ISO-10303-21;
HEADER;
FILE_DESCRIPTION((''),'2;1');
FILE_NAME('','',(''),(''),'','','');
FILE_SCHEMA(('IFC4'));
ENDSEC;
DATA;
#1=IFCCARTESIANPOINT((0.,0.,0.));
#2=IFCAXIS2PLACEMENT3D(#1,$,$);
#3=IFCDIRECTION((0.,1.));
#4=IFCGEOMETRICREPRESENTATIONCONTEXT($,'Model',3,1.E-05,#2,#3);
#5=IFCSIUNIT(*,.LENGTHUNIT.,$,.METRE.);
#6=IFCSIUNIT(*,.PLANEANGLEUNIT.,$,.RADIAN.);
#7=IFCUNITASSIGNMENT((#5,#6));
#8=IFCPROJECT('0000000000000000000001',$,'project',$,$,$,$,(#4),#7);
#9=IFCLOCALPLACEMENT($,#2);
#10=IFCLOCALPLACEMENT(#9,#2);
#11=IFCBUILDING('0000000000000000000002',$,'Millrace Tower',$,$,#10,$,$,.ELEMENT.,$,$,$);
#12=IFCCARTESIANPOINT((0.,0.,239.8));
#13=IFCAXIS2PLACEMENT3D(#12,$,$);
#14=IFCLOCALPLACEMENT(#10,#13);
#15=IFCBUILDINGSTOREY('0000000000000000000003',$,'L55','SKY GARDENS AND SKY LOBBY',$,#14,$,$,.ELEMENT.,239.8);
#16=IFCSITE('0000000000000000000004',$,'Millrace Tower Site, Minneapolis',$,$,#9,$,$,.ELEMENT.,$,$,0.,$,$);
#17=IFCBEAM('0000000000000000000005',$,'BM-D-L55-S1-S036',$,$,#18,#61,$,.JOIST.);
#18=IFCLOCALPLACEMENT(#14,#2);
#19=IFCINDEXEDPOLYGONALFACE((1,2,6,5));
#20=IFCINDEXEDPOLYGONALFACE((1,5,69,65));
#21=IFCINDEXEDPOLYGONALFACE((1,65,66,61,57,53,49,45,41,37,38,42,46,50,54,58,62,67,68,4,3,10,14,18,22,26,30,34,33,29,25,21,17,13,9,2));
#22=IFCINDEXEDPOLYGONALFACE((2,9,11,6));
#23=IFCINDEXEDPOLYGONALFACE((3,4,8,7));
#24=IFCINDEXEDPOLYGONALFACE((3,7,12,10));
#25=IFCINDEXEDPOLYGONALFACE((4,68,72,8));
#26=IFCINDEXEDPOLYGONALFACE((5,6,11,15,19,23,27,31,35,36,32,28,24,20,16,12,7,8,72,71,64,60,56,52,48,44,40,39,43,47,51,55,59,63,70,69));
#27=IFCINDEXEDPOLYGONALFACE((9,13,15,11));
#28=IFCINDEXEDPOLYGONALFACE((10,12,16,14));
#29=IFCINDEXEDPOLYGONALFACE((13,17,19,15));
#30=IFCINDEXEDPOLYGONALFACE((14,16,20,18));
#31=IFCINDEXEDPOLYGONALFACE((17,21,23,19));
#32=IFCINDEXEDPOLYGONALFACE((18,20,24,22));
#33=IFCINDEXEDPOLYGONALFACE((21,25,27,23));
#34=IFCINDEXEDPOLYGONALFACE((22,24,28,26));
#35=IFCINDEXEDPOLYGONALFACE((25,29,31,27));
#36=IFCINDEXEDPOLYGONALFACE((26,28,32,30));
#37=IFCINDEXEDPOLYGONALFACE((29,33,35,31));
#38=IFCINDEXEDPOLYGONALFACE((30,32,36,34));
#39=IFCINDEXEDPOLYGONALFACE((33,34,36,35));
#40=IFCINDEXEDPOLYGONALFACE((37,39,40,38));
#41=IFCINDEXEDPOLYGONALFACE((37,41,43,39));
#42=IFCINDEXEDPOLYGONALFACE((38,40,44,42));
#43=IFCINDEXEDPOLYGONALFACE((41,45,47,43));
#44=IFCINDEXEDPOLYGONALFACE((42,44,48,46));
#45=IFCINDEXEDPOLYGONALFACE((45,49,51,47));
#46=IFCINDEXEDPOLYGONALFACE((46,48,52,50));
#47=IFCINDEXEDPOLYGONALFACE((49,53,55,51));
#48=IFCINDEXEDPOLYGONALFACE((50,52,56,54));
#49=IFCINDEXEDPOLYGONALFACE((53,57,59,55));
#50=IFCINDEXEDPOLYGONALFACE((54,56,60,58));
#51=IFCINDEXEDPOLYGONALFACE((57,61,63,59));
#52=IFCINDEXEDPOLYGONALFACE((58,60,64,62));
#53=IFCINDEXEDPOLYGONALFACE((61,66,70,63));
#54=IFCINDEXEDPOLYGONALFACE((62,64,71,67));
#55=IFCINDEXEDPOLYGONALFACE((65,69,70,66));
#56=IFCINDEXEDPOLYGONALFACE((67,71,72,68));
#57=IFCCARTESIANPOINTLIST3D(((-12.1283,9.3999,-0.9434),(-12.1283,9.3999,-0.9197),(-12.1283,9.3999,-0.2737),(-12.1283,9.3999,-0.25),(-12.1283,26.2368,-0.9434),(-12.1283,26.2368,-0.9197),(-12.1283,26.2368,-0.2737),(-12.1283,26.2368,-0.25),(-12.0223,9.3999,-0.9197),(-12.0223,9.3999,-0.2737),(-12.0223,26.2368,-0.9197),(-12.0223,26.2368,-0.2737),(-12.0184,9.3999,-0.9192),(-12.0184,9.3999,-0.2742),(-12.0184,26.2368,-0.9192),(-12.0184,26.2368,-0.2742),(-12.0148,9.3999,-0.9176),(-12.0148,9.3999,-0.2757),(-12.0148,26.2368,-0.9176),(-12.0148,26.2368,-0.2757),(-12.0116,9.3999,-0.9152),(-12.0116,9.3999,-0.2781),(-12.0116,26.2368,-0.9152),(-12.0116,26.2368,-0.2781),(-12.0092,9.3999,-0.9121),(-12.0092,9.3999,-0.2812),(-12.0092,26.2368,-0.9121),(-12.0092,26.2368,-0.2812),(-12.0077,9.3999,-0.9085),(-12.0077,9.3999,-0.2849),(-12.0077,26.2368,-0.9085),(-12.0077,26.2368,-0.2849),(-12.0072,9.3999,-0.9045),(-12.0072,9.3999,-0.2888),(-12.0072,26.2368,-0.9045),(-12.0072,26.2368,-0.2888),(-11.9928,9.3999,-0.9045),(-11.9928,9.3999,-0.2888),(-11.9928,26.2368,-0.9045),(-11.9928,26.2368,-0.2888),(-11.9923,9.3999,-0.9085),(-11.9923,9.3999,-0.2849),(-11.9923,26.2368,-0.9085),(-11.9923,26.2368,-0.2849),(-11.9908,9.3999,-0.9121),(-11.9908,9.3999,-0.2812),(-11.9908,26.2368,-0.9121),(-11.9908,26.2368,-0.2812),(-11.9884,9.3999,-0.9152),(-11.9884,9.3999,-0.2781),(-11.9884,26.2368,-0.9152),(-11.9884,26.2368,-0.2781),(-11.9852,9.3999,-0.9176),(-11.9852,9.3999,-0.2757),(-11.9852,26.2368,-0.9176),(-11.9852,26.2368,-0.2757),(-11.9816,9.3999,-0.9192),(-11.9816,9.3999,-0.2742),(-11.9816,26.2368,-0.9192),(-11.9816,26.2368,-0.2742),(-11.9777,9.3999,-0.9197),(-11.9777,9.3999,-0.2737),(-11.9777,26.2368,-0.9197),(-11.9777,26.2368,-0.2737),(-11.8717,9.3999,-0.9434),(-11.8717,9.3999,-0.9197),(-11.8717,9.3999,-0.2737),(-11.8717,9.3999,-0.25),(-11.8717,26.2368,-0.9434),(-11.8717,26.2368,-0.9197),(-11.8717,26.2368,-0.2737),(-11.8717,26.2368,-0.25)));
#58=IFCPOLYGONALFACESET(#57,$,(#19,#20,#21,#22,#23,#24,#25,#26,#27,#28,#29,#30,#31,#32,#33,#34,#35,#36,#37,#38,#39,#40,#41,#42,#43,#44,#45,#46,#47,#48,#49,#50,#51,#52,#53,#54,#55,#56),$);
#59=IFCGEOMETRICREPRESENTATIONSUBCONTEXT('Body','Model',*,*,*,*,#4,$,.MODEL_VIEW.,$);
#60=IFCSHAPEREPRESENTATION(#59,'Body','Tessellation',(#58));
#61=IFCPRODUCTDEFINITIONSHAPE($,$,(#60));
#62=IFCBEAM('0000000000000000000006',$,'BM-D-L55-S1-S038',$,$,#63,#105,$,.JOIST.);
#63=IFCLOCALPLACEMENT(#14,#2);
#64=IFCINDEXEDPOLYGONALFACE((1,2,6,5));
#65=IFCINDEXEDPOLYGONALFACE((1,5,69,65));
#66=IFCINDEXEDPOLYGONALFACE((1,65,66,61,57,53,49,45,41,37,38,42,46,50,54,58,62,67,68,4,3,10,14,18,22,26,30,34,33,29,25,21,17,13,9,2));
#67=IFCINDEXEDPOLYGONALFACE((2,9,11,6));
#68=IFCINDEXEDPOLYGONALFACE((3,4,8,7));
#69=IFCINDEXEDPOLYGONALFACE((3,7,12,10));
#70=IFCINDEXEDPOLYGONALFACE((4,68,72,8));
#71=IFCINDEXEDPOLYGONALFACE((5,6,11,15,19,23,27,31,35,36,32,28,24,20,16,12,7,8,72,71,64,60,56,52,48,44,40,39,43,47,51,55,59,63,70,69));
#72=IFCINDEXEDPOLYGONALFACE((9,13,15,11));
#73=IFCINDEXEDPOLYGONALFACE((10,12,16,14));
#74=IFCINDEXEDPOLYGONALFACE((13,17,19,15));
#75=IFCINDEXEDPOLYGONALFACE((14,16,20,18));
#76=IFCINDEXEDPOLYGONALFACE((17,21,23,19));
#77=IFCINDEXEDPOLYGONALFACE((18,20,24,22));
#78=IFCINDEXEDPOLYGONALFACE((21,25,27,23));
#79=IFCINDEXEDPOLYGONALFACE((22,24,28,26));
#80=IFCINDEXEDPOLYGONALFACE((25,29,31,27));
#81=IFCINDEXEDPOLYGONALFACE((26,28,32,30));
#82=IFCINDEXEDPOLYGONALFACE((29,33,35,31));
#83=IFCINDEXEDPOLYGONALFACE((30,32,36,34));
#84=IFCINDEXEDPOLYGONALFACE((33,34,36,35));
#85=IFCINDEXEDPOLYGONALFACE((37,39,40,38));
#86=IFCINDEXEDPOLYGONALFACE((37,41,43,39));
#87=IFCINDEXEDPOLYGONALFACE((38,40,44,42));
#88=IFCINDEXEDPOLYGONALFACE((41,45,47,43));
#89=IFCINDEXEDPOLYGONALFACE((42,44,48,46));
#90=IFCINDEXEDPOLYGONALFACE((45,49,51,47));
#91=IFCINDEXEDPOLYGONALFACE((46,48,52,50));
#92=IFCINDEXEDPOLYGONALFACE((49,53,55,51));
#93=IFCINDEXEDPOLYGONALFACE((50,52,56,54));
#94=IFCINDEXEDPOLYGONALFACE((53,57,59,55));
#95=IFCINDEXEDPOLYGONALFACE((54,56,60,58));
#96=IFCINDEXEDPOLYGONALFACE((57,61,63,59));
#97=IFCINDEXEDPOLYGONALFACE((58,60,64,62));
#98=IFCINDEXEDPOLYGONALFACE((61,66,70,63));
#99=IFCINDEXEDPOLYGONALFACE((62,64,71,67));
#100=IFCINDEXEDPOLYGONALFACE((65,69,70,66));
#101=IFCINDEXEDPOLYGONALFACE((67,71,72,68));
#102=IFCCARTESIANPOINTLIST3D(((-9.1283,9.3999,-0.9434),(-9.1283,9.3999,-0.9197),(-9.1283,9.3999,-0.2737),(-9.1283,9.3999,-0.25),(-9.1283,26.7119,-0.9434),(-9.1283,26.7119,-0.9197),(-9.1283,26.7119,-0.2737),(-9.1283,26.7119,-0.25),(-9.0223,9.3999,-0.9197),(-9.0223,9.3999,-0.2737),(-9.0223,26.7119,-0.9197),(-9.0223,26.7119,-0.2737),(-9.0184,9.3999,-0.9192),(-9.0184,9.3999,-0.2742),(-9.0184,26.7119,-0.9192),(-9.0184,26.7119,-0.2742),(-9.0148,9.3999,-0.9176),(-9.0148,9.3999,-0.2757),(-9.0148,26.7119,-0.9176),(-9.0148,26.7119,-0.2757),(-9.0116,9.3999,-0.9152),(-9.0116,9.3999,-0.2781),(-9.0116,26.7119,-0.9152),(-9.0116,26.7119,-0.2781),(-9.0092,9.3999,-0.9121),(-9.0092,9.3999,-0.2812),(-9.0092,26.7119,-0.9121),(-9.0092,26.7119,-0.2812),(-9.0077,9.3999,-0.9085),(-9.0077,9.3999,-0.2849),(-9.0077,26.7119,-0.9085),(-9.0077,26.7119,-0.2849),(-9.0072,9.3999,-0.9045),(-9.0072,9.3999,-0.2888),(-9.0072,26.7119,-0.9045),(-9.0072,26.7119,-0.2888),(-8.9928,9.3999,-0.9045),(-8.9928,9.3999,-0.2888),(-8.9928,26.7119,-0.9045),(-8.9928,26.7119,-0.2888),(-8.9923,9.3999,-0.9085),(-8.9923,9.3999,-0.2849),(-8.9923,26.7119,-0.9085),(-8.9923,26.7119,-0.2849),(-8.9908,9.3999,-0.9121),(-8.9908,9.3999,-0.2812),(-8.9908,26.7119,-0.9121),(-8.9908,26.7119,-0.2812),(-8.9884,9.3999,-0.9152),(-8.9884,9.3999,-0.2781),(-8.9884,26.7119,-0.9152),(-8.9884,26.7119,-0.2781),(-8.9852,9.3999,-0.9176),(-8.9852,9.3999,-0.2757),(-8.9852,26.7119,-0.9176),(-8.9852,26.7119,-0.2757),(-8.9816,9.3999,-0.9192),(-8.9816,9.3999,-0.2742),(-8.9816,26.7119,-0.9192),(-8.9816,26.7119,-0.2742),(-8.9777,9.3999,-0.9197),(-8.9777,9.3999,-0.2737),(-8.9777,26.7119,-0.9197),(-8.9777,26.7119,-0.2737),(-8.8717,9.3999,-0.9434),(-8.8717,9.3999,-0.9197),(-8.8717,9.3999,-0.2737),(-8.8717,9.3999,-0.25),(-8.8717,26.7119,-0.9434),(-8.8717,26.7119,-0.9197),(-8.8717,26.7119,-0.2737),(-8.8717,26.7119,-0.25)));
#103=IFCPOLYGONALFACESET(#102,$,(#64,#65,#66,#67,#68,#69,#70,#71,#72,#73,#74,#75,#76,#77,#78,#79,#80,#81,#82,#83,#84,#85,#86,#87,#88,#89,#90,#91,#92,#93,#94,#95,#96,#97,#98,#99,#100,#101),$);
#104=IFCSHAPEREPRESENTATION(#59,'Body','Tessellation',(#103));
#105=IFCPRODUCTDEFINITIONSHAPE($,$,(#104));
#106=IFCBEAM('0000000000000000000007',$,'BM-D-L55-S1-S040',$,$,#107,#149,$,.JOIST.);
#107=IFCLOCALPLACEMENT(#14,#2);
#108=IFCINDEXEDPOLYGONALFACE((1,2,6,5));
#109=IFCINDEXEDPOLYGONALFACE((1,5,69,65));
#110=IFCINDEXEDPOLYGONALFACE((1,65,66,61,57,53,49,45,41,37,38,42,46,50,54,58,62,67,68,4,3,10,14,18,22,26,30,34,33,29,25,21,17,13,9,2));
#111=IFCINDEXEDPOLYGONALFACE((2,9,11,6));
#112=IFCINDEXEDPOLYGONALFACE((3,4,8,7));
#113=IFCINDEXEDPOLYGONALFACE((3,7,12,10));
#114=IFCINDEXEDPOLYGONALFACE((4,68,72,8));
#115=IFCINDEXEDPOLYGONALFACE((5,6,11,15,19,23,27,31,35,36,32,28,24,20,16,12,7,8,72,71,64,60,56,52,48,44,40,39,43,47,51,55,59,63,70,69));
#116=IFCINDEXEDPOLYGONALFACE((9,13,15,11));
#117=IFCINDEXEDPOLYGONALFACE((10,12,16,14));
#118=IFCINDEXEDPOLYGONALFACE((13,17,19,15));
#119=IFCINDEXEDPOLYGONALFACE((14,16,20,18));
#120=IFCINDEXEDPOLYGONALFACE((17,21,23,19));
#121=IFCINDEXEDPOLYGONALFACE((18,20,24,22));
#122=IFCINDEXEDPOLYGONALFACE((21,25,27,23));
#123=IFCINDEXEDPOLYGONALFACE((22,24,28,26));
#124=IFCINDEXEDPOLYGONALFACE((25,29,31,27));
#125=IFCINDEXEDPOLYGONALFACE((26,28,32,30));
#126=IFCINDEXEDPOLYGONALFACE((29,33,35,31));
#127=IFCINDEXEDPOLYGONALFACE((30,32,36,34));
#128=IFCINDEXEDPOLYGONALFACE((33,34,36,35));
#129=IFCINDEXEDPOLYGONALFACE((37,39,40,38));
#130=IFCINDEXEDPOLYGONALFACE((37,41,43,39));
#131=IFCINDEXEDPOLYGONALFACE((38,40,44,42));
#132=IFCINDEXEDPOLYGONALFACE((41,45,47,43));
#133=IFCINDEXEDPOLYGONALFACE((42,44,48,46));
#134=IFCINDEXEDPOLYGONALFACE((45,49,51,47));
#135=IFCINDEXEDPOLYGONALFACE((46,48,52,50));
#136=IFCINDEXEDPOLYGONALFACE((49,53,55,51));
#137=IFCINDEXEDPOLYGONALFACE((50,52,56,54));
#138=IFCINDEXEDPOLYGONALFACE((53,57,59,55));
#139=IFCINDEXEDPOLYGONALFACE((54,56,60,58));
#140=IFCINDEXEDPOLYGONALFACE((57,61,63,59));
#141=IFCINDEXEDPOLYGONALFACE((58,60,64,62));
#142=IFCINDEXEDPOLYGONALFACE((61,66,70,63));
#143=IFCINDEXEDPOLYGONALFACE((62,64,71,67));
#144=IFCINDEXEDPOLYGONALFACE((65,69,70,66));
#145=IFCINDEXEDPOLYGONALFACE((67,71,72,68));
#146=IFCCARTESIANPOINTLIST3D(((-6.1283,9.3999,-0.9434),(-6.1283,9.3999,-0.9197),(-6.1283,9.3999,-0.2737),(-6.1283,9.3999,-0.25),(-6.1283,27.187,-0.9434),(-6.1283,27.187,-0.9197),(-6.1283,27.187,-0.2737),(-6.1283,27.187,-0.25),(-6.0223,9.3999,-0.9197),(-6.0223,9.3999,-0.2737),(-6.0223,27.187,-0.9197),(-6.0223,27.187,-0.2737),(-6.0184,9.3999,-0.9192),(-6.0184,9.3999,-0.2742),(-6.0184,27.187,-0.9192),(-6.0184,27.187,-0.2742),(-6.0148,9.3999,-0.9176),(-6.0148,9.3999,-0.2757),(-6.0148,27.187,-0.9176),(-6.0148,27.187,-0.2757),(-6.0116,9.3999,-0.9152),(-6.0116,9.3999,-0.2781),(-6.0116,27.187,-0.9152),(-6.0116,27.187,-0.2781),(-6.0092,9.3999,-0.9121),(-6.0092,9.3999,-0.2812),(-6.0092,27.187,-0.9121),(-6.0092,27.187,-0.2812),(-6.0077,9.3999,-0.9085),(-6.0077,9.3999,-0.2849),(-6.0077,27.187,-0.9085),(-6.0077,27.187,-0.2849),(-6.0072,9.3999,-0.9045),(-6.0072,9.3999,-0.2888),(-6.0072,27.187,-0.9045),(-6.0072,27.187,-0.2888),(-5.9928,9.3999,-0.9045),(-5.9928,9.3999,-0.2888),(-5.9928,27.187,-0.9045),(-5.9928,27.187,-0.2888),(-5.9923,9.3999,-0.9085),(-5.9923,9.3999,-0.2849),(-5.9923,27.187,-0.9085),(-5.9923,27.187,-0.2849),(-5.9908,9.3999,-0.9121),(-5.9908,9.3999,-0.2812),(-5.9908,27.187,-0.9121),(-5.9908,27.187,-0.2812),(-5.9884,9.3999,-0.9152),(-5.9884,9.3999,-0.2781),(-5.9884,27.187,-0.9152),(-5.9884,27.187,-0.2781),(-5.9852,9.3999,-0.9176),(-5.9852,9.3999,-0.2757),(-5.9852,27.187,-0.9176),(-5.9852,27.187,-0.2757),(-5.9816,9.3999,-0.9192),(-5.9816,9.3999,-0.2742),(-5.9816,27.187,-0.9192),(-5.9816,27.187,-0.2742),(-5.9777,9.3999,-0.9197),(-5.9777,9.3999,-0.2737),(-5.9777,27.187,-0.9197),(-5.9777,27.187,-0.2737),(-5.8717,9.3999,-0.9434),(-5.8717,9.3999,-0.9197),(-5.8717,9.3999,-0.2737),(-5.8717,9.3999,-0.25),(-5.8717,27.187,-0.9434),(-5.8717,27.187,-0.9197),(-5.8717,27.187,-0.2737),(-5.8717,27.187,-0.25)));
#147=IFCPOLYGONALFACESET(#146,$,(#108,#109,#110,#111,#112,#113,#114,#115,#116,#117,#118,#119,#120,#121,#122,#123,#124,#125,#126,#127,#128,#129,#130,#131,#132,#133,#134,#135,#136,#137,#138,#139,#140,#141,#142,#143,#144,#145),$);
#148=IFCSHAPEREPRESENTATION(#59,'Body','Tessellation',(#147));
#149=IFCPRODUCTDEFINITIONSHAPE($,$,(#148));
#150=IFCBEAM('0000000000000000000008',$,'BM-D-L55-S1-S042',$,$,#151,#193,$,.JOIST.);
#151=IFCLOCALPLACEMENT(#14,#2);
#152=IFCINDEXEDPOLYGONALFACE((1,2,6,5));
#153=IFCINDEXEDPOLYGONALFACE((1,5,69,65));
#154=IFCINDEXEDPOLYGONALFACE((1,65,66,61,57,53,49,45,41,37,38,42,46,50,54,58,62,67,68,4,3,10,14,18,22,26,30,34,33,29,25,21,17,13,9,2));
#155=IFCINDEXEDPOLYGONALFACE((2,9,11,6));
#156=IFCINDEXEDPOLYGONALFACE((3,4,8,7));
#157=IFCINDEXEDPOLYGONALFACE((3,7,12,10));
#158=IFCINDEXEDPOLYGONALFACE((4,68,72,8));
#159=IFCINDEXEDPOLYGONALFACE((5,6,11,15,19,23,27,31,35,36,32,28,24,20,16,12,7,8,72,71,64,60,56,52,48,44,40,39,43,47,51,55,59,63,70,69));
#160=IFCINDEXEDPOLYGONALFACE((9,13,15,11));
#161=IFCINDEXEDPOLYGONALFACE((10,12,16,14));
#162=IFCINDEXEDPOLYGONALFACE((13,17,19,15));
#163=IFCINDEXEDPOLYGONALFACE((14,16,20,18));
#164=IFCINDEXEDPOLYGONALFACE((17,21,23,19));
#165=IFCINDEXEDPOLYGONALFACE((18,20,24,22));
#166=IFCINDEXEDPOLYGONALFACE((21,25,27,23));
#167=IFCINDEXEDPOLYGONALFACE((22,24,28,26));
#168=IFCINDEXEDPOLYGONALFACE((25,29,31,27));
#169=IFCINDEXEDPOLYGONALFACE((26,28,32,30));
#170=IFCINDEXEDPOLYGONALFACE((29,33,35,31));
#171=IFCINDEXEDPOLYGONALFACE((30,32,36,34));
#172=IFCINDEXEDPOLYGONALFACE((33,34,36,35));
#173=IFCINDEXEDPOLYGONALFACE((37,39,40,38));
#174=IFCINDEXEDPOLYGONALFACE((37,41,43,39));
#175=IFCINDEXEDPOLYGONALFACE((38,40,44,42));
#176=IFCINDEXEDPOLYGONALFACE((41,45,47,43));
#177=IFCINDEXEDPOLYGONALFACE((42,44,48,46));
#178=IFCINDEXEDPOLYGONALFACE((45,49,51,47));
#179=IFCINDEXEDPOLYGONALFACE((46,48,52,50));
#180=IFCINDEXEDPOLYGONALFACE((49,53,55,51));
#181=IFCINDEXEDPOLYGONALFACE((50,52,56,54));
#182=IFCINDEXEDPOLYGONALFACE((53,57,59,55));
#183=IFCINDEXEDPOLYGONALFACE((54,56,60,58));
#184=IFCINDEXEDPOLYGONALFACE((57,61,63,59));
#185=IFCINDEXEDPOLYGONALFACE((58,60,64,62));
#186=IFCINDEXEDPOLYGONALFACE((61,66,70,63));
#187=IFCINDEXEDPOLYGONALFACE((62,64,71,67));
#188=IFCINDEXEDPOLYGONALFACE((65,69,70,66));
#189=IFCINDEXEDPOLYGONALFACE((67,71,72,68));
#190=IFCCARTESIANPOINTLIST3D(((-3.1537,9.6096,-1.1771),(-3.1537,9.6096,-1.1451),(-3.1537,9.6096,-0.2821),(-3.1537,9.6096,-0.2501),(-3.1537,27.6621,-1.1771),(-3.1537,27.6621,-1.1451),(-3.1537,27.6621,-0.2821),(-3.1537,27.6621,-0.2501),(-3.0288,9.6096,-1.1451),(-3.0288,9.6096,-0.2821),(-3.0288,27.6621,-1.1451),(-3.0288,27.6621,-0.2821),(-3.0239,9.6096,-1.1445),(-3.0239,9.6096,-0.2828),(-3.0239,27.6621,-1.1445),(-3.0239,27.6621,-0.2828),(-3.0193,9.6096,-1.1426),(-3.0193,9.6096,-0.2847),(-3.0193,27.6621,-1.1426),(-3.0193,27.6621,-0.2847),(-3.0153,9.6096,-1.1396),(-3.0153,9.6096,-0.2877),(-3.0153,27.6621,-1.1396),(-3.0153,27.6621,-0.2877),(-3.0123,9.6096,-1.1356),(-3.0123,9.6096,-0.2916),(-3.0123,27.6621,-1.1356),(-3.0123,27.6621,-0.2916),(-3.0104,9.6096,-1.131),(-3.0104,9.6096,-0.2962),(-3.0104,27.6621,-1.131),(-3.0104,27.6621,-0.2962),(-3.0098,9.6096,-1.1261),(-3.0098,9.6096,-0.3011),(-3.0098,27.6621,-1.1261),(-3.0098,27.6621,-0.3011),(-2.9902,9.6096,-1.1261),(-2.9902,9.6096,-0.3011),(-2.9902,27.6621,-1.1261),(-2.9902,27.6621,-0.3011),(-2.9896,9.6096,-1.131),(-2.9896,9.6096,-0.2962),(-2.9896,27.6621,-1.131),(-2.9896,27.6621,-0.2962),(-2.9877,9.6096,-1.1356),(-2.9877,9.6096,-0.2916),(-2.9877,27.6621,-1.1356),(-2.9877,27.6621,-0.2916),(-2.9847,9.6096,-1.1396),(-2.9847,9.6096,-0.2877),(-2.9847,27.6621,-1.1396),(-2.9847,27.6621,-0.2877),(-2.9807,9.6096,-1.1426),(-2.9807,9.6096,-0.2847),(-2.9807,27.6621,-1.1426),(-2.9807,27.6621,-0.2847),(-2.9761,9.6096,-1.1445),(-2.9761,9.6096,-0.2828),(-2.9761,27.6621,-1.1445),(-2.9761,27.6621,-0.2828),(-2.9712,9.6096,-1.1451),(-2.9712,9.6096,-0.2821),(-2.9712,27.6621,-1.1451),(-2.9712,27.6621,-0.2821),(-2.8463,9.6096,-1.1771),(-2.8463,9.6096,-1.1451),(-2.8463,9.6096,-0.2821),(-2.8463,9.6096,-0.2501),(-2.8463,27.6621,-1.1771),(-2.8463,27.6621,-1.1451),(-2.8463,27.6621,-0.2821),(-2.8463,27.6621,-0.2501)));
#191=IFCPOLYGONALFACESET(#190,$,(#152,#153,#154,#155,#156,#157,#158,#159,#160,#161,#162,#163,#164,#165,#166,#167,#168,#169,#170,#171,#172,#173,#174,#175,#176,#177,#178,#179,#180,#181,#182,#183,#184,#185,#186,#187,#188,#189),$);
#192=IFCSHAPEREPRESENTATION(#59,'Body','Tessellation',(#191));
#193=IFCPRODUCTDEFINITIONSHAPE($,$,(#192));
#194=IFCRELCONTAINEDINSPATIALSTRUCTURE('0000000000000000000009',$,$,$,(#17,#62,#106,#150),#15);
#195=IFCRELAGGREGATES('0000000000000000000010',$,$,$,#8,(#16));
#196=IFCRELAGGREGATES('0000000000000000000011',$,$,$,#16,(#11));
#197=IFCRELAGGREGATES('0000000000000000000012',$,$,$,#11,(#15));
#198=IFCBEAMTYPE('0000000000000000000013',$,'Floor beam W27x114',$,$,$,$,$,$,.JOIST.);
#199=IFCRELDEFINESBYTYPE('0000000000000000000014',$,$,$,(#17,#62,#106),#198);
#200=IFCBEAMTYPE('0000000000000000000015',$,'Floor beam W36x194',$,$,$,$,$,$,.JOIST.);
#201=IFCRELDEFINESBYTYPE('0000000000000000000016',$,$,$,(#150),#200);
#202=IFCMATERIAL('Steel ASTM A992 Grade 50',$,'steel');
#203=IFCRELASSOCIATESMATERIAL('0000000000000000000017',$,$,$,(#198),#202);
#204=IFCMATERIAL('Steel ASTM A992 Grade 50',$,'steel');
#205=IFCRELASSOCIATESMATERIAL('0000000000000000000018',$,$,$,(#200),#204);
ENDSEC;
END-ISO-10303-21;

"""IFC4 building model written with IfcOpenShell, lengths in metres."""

from ifc_helpers import new_model, si_unit, direction, frame, origin, origin_2d, place, context, subcontext, project, spatial, i_section, extrude, material, material_profile, profile_set, type_object, element, save


model = new_model("IFC4")

# Units and contexts
model_context = context("Model", 3, precision=1e-05, world=origin(), true_north=direction((0.0, 1.0)))
body_context = subcontext(model_context, "Body", "Model", "MODEL_VIEW")
ifc_project = project(units=[si_unit("LENGTHUNIT", "METRE"), si_unit("PLANEANGLEUNIT", "RADIAN")], contexts=[model_context])

# Site, building, storey
site_placement = place(None, origin())
site = spatial("IfcSite", under=ifc_project, at=site_placement, Name="Millrace Tower Site, Minneapolis", CompositionType="ELEMENT", RefElevation=0.0)
building_placement = place(site_placement, origin())
building = spatial("IfcBuilding", under=site, at=building_placement, Name="Millrace Tower", CompositionType="ELEMENT")
storey_placement = place(building_placement, frame((0.0, 0.0, 239.8)))
storey = spatial("IfcBuildingStorey", under=building, at=storey_placement, Name="L55", Description="SKY GARDENS AND SKY LOBBY", CompositionType="ELEMENT", Elevation=239.8)

# Beams
ifc_material_1 = material(Name="Steel ASTM A992 Grade 50", Category="steel")
ifc_material_profile_1 = material_profile(ifc_material_1, i_section(OverallWidth=0.2566, OverallDepth=0.6934, WebThickness=0.0144, FlangeThickness=0.0237, FilletRadius=0.0151, at=origin_2d()))
ifc_profile_set_1 = profile_set([ifc_material_profile_1], Name="Steel ASTM A992 Grade 50")
beam_type_1 = type_object("IfcBeamType", Name="Floor beam W27x114", PredefinedType="JOIST", material=ifc_profile_set_1)
beam_1_placement = place(storey_placement, frame((-12.0, 9.3999, -0.5967), z_axis=(0.0, 1.0, 0.0), x_axis=(-1.0, 0.0, 0.0)))
element("IfcBeam", 1, at=beam_1_placement, inside=storey, type_object=beam_type_1, Name="BM-D-L55-S1-S036", PredefinedType="JOIST", context=body_context, shape_type="SweptSolid", body=[
    extrude(i_section(OverallWidth=0.2566, OverallDepth=0.6934, WebThickness=0.0144, FlangeThickness=0.0237, FilletRadius=0.0151, at=origin_2d()), origin(), (0.0, 0.0, 1.0), 16.8369),
])
beam_2_placement = place(storey_placement, frame((-9.0, 9.3999, -0.5967), z_axis=(0.0, 1.0, 0.0), x_axis=(-1.0, 0.0, 0.0)))
element("IfcBeam", 2, at=beam_2_placement, inside=storey, type_object=beam_type_1, Name="BM-D-L55-S1-S038", PredefinedType="JOIST", context=body_context, shape_type="SweptSolid", body=[
    extrude(i_section(OverallWidth=0.2566, OverallDepth=0.6934, WebThickness=0.0144, FlangeThickness=0.0237, FilletRadius=0.0151, at=origin_2d()), origin(), (0.0, 0.0, 1.0), 17.312),
])
beam_3_placement = place(storey_placement, frame((-6.0, 9.3999, -0.5967), z_axis=(0.0, 1.0, 0.0), x_axis=(-1.0, 0.0, 0.0)))
element("IfcBeam", 3, at=beam_3_placement, inside=storey, type_object=beam_type_1, Name="BM-D-L55-S1-S040", PredefinedType="JOIST", context=body_context, shape_type="SweptSolid", body=[
    extrude(i_section(OverallWidth=0.2566, OverallDepth=0.6934, WebThickness=0.0144, FlangeThickness=0.0237, FilletRadius=0.0151, at=origin_2d()), origin(), (0.0, 0.0, 1.0), 17.7871),
])
ifc_material_2 = material(Name="Steel ASTM A992 Grade 50", Category="steel")
ifc_material_profile_2 = material_profile(ifc_material_2, i_section(OverallWidth=0.3074, OverallDepth=0.927, WebThickness=0.0195, FlangeThickness=0.032, FilletRadius=0.019, at=origin_2d()))
ifc_profile_set_2 = profile_set([ifc_material_profile_2], Name="Steel ASTM A992 Grade 50")
beam_type_2 = type_object("IfcBeamType", Name="Floor beam W36x194", PredefinedType="JOIST", material=ifc_profile_set_2)
beam_4_placement = place(storey_placement, frame((-3.0, 9.6096, -0.7136), z_axis=(0.0, 1.0, 0.0), x_axis=(-1.0, 0.0, 0.0)))
element("IfcBeam", 4, at=beam_4_placement, inside=storey, type_object=beam_type_2, Name="BM-D-L55-S1-S042", PredefinedType="JOIST", context=body_context, shape_type="SweptSolid", body=[
    extrude(i_section(OverallWidth=0.3074, OverallDepth=0.927, WebThickness=0.0195, FlangeThickness=0.032, FilletRadius=0.019, at=origin_2d()), origin(), (0.0, 0.0, 1.0), 18.0525),
])

save(model, "model.ifc")
